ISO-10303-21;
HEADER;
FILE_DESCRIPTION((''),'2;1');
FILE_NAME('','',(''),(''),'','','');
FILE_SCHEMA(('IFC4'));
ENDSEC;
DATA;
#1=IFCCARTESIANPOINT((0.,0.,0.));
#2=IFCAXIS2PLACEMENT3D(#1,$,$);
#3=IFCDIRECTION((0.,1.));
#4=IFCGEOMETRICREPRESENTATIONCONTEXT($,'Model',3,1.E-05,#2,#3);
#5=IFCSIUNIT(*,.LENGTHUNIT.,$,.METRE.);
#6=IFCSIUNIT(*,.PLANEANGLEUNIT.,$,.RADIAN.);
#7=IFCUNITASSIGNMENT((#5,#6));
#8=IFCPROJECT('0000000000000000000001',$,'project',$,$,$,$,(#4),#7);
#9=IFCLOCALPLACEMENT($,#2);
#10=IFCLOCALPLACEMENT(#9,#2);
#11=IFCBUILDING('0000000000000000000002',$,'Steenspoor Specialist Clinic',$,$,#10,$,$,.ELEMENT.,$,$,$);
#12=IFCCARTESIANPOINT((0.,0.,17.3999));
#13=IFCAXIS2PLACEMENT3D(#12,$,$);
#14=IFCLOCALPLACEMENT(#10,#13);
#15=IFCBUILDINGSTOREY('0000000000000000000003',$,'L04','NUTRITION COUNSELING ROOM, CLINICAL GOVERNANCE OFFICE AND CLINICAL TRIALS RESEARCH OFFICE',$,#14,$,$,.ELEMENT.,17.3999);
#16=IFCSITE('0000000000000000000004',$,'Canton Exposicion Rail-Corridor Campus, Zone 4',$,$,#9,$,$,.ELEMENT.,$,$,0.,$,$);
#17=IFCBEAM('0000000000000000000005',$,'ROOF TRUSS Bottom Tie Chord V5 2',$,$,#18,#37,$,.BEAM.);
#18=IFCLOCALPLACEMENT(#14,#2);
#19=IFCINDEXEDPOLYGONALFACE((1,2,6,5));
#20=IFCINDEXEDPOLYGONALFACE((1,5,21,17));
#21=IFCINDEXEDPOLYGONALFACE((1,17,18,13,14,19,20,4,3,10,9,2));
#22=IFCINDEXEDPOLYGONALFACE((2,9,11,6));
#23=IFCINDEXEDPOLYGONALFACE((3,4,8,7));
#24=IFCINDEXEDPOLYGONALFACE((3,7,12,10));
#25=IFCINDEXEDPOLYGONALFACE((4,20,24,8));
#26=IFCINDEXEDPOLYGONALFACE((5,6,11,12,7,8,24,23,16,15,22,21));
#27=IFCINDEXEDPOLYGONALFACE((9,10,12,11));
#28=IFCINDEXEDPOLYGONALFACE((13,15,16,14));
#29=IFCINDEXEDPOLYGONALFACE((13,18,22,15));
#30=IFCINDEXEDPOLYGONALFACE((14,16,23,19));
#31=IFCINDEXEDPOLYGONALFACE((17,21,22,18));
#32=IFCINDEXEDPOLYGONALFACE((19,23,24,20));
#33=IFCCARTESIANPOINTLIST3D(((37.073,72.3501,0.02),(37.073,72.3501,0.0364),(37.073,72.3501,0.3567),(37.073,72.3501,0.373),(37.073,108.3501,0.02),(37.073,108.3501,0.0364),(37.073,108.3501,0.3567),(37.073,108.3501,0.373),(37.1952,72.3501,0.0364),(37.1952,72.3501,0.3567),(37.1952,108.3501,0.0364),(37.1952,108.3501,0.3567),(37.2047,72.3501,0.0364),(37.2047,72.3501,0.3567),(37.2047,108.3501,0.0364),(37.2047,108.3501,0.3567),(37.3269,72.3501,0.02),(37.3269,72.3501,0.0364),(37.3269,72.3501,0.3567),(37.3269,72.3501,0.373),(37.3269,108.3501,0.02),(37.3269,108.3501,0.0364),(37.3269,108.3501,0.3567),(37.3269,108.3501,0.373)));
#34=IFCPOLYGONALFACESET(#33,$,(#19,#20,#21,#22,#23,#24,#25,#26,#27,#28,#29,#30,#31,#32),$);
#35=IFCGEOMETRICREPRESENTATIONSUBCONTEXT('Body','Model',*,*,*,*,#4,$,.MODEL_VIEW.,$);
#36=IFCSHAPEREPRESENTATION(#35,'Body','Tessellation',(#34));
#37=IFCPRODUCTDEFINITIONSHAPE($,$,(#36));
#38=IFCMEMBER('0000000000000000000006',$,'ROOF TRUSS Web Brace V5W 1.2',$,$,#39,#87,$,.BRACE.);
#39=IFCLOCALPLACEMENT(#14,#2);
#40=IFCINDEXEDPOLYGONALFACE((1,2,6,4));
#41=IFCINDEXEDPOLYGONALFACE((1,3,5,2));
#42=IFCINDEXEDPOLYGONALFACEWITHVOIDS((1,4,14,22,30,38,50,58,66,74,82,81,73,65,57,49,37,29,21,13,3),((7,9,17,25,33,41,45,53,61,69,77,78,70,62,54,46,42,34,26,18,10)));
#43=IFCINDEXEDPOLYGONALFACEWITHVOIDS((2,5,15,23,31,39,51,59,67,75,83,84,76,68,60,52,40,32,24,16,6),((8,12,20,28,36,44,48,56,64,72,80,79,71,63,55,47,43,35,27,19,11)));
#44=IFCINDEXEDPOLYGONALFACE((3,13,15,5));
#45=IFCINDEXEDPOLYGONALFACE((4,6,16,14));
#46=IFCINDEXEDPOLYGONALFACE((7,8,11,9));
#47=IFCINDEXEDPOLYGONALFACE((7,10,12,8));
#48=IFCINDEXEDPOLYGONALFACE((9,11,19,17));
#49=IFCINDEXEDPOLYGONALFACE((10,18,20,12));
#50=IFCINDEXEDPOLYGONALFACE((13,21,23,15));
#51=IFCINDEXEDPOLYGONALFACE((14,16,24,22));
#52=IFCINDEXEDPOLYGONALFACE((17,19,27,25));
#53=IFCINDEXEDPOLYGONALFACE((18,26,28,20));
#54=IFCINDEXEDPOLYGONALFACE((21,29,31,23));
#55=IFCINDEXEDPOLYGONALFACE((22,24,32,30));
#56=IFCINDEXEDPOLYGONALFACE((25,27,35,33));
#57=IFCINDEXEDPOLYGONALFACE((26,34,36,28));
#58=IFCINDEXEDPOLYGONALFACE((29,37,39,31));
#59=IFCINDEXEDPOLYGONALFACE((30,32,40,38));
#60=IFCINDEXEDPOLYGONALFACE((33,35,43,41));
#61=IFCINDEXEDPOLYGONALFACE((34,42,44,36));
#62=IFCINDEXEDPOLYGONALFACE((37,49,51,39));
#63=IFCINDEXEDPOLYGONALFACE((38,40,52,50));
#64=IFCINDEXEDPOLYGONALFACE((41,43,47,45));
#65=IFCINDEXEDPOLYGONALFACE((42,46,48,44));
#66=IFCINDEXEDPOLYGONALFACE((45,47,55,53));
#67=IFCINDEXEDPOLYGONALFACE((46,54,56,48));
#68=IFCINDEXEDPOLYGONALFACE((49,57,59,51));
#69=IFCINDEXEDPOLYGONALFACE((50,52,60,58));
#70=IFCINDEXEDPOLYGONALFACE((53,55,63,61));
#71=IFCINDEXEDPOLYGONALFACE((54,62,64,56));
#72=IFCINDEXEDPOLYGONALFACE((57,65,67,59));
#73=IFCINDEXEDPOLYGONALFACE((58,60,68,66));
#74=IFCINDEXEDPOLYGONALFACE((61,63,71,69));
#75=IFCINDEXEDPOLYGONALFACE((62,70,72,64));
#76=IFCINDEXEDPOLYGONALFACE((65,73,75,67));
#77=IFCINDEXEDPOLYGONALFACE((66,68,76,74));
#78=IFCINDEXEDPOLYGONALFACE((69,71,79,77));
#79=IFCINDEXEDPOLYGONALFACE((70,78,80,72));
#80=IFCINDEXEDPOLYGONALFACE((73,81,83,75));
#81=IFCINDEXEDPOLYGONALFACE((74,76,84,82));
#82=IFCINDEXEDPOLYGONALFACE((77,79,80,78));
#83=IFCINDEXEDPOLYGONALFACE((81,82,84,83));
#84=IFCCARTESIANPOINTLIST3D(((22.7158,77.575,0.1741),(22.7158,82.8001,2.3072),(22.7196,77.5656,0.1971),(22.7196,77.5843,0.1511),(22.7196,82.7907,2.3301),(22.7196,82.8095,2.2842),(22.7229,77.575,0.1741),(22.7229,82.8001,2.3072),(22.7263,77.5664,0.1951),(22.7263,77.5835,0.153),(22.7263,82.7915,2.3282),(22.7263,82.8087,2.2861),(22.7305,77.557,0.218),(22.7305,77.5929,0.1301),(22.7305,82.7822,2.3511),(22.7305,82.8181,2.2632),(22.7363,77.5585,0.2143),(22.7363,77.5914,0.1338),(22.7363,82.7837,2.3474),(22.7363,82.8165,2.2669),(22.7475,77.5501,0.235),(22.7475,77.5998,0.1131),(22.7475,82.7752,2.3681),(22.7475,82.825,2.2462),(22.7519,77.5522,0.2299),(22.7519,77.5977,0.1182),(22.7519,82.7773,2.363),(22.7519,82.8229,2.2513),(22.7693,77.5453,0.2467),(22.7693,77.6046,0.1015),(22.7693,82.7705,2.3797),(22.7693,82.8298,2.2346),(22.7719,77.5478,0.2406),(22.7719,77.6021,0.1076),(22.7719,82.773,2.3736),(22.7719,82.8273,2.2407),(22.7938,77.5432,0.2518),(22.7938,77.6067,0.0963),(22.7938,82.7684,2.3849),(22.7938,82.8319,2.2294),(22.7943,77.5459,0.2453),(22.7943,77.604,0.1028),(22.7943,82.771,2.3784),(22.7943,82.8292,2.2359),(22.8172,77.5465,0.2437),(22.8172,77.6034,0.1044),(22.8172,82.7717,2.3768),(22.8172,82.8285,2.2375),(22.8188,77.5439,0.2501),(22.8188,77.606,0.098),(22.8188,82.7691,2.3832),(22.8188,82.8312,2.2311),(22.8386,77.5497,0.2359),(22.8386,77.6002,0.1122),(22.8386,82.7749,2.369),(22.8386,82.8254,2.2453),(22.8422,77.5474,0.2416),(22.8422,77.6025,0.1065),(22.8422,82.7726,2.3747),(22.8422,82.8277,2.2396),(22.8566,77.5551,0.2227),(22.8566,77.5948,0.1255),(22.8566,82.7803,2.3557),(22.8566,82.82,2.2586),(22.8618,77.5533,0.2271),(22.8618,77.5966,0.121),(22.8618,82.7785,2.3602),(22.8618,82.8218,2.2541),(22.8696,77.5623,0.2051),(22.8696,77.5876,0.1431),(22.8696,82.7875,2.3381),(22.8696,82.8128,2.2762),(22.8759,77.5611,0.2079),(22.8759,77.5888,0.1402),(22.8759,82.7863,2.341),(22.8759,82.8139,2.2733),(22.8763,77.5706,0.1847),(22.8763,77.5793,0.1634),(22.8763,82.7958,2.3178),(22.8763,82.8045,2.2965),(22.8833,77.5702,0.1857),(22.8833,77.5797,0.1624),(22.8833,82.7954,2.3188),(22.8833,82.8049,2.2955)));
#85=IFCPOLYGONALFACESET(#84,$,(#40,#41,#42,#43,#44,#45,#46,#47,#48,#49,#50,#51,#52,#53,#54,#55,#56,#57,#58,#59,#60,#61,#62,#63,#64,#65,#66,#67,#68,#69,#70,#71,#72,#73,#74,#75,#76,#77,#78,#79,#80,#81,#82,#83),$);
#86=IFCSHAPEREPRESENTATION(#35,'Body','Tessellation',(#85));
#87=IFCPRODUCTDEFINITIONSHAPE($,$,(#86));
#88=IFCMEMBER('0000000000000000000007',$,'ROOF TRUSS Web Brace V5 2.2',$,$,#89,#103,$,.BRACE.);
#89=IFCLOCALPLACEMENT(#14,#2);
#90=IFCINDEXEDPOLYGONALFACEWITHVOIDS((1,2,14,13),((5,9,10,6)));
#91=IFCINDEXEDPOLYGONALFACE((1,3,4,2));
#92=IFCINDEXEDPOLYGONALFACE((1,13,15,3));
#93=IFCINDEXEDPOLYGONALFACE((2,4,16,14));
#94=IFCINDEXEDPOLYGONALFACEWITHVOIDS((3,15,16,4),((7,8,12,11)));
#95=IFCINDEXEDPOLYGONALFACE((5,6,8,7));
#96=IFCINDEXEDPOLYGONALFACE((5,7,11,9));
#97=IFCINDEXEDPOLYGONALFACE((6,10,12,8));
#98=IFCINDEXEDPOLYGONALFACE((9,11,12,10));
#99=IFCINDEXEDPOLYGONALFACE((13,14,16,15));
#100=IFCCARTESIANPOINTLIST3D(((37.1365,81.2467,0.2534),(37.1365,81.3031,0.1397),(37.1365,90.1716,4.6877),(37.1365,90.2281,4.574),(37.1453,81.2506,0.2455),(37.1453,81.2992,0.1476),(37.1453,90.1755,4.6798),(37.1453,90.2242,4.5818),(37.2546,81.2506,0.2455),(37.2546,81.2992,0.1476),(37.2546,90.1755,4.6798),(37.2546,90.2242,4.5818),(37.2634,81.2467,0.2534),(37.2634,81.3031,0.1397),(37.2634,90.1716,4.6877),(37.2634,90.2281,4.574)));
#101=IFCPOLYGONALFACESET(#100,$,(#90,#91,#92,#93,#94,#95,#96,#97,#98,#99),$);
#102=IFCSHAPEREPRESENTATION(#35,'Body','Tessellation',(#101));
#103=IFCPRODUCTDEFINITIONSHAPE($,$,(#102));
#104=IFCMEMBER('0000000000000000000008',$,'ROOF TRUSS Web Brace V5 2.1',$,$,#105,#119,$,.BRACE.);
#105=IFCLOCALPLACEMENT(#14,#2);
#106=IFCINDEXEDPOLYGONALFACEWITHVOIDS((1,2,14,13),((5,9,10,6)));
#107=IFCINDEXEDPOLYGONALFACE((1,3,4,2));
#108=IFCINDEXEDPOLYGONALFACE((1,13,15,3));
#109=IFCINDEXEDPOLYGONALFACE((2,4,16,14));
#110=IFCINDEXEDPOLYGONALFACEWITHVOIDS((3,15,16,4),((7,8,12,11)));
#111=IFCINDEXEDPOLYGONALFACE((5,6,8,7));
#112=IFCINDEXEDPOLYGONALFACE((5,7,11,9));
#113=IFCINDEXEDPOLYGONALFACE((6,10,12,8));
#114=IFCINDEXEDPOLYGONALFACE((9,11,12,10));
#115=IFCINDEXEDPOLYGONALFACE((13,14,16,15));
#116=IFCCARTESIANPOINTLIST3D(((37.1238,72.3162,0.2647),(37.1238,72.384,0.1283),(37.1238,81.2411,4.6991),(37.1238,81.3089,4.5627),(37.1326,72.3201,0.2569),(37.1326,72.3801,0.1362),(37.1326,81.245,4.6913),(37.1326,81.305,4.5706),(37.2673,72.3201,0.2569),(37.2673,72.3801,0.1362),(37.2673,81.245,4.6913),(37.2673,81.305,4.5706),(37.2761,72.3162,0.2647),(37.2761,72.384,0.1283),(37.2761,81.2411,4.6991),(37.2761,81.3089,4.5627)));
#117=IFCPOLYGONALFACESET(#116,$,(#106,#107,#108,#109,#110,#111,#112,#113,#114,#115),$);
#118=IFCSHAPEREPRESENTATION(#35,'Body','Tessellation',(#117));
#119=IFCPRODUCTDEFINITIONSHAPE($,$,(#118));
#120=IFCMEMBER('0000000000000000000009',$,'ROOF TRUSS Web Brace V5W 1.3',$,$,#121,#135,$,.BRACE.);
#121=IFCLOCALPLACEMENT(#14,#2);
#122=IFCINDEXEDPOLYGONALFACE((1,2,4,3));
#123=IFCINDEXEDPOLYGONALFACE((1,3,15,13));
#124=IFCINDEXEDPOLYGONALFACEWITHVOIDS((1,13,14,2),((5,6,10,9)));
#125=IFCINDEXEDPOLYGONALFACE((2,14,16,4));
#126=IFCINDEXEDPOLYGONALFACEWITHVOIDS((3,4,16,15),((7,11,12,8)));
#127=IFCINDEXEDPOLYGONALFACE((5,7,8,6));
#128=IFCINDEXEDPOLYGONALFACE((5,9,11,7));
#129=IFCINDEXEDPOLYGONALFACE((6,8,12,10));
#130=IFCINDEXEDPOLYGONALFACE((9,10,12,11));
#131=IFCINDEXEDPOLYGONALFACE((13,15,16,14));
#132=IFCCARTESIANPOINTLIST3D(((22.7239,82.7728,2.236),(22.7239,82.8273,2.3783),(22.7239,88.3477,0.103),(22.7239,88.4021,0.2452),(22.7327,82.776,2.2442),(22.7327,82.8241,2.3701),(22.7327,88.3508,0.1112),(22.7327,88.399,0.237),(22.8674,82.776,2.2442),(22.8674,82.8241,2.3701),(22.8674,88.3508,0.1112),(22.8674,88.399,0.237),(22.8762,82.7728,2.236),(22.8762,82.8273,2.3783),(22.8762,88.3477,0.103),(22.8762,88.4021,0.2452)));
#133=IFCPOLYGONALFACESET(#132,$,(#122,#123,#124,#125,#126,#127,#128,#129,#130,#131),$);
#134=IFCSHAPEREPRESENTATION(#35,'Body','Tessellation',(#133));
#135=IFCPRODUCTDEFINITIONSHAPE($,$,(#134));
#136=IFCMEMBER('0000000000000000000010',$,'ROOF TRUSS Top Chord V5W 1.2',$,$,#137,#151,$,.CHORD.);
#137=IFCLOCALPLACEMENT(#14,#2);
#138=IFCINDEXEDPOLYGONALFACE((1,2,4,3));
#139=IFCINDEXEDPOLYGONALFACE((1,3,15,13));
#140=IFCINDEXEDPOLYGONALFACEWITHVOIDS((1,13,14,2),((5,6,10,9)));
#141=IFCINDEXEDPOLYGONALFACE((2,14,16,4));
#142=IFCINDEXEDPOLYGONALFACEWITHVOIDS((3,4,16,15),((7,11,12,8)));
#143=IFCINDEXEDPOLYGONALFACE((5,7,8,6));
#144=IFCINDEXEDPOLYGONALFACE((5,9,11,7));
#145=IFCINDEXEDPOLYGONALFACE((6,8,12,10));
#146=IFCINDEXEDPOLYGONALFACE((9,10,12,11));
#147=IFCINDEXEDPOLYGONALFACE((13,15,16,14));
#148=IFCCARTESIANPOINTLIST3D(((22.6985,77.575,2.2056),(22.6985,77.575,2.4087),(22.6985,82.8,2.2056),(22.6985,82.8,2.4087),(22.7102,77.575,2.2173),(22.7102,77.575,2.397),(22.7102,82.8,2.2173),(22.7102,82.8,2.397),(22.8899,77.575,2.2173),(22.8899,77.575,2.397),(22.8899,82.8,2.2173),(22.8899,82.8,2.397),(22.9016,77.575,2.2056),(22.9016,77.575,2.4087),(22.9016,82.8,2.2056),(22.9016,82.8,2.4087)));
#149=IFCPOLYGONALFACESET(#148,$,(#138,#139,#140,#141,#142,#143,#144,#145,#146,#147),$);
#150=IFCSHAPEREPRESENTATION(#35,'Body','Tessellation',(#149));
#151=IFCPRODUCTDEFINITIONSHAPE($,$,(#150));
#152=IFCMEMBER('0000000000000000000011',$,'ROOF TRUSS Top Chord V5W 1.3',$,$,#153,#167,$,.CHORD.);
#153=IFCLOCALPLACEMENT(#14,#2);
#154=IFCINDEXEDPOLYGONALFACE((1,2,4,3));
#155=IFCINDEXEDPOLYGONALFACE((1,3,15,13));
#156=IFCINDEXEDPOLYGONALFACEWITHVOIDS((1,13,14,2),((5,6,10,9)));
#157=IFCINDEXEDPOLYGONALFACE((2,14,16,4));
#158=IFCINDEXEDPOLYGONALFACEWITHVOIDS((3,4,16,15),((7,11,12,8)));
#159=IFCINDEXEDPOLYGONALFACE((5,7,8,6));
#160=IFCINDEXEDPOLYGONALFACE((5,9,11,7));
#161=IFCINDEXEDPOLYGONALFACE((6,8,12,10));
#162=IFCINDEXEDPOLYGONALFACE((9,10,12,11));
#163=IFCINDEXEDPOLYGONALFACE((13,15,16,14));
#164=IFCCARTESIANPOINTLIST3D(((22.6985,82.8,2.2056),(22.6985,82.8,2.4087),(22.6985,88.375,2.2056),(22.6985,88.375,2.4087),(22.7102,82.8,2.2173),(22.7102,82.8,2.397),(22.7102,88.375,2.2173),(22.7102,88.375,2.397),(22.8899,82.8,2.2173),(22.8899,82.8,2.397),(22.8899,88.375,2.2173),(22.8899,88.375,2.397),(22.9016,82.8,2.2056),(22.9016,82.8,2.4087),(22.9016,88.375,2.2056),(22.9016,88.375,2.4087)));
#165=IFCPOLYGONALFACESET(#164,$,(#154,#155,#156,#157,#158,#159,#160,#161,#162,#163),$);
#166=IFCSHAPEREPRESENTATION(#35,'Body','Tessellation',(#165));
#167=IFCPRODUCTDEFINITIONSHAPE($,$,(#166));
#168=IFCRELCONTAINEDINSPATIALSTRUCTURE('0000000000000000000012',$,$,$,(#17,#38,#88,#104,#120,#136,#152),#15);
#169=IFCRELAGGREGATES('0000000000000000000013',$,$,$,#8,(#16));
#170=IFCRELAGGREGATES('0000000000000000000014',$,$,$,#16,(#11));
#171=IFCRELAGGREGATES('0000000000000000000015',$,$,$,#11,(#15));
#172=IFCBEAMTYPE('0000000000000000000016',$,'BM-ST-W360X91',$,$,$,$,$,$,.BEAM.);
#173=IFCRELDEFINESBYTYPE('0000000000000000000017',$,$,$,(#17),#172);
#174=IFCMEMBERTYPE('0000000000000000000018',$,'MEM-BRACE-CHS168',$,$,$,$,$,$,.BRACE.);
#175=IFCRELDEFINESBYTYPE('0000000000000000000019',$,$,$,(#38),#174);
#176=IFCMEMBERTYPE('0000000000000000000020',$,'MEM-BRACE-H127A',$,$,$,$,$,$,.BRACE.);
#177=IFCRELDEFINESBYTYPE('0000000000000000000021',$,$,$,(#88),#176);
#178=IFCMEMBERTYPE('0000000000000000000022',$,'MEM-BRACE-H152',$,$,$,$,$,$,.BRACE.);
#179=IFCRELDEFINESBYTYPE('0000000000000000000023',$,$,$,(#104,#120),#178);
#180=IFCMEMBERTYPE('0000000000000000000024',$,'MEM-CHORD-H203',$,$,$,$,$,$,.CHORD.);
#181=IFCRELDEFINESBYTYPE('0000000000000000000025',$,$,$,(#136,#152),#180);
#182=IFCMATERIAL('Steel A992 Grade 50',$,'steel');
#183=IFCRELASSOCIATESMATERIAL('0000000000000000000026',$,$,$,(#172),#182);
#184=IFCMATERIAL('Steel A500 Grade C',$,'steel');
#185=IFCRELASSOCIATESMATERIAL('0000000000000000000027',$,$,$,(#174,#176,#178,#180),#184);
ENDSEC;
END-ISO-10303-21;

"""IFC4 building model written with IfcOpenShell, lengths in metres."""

from ifc_helpers import new_model, si_unit, direction, frame, origin, origin_2d, place, context, subcontext, project, spatial, hollow_rectangle, hollow_circle, i_section, extrude, material, material_profile, profile_set, type_object, element, save


model = new_model("IFC4")

# Units and contexts
model_context = context("Model", 3, precision=1e-05, world=origin(), true_north=direction((0.0, 1.0)))
body_context = subcontext(model_context, "Body", "Model", "MODEL_VIEW")
ifc_project = project(units=[si_unit("LENGTHUNIT", "METRE"), si_unit("PLANEANGLEUNIT", "RADIAN")], contexts=[model_context])

# Site, building, storey
site_placement = place(None, origin())
site = spatial("IfcSite", under=ifc_project, at=site_placement, Name="Canton Exposicion Rail-Corridor Campus, Zone 4", CompositionType="ELEMENT", RefElevation=0.0)
building_placement = place(site_placement, origin())
building = spatial("IfcBuilding", under=site, at=building_placement, Name="Steenspoor Specialist Clinic", CompositionType="ELEMENT")
storey_placement = place(building_placement, frame((0.0, 0.0, 17.3999)))
storey = spatial("IfcBuildingStorey", under=building, at=storey_placement, Name="L04", Description="NUTRITION COUNSELING ROOM, CLINICAL GOVERNANCE OFFICE AND CLINICAL TRIALS RESEARCH OFFICE", CompositionType="ELEMENT", Elevation=17.3999)

# Beam
ifc_material_1 = material(Name="Steel A992 Grade 50", Category="steel")
ifc_material_profile_1 = material_profile(ifc_material_1, i_section(OverallWidth=0.2539, OverallDepth=0.353, WebThickness=0.0095, FlangeThickness=0.0164, at=origin_2d()), Name="W360X91")
ifc_profile_set_1 = profile_set([ifc_material_profile_1], Name="Steel A992 Grade 50")
beam_type = type_object("IfcBeamType", Name="BM-ST-W360X91", PredefinedType="BEAM", material=ifc_profile_set_1)
beam_placement = place(storey_placement, frame((37.2, 72.3501, 0.1965), z_axis=(0.0, 1.0, 0.0), x_axis=(-1.0, 0.0, 0.0)))
element("IfcBeam", 1, at=beam_placement, inside=storey, type_object=beam_type, Name="ROOF TRUSS Bottom Tie Chord V5 2", PredefinedType="BEAM", context=body_context, shape_type="SweptSolid", body=[
    extrude(i_section(OverallWidth=0.2539, OverallDepth=0.353, WebThickness=0.0095, FlangeThickness=0.0164, at=origin_2d()), origin(), (0.0, 0.0, 1.0), 36.0),
])

# Members
ifc_material_2 = material(Name="Steel A500 Grade C", Category="steel")
ifc_material_profile_2 = material_profile(ifc_material_2, hollow_circle(Radius=0.0842, WallThickness=0.0071, at=origin_2d()), Name="CHS168X7.1")
ifc_profile_set_2 = profile_set([ifc_material_profile_2], Name="Steel A500 Grade C")
member_type_1 = type_object("IfcMemberType", Name="MEM-BRACE-CHS168", PredefinedType="BRACE", material=ifc_profile_set_2)
member_1_placement = place(storey_placement, frame((22.8, 77.575, 0.1741), z_axis=(0.0, 0.925825, 0.377952), x_axis=(-1.0, 0.0, 0.0)))
element("IfcMember", 2, at=member_1_placement, inside=storey, type_object=member_type_1, Name="ROOF TRUSS Web Brace V5W 1.2", PredefinedType="BRACE", context=body_context, shape_type="SweptSolid", body=[
    extrude(hollow_circle(Radius=0.0842, WallThickness=0.0071, at=origin_2d()), origin(), (0.0, 0.0, 1.0), 5.6438),
])
ifc_material_profile_3 = material_profile(ifc_material_2, hollow_rectangle(XDim=0.127, YDim=0.127, WallThickness=0.0088, at=origin_2d()), Name="HSS127X127X9.5")
ifc_profile_set_3 = profile_set([ifc_material_profile_3], Name="Steel A500 Grade C")
member_type_2 = type_object("IfcMemberType", Name="MEM-BRACE-H127A", PredefinedType="BRACE", material=ifc_profile_set_3)
member_2_placement = place(storey_placement, frame((37.2, 81.2749, 0.1965), z_axis=(0.0, 0.895556, 0.444949), x_axis=(-1.0, 0.0, 0.0)))
element("IfcMember", 3, at=member_2_placement, inside=storey, type_object=member_type_2, Name="ROOF TRUSS Web Brace V5 2.2", PredefinedType="BRACE", context=body_context, shape_type="SweptSolid", body=[
    extrude(hollow_rectangle(XDim=0.127, YDim=0.127, WallThickness=0.0088, at=origin_2d()), origin(), (0.0, 0.0, 1.0), 9.9658),
])
ifc_material_profile_4 = material_profile(ifc_material_2, hollow_rectangle(XDim=0.1523, YDim=0.1523, WallThickness=0.0088, at=origin_2d()), Name="HSS152X152X9.5")
ifc_profile_set_4 = profile_set([ifc_material_profile_4], Name="Steel A500 Grade C")
member_type_3 = type_object("IfcMemberType", Name="MEM-BRACE-H152", PredefinedType="BRACE", material=ifc_profile_set_4)
member_3_placement = place(storey_placement, frame((37.2, 72.3501, 0.1965), z_axis=(0.0, 0.895551, 0.444958), x_axis=(-1.0, 0.0, 0.0)))
element("IfcMember", 4, at=member_3_placement, inside=storey, type_object=member_type_3, Name="ROOF TRUSS Web Brace V5 2.1", PredefinedType="BRACE", context=body_context, shape_type="SweptSolid", body=[
    extrude(hollow_rectangle(XDim=0.1523, YDim=0.1523, WallThickness=0.0088, at=origin_2d()), origin(), (0.0, 0.0, 1.0), 9.9658),
])
member_4_placement = place(storey_placement, frame((22.8, 82.8, 2.3071), z_axis=(0.0, 0.93397, -0.357351), x_axis=(-1.0, 0.0, 0.0)))
element("IfcMember", 5, at=member_4_placement, inside=storey, type_object=member_type_3, Name="ROOF TRUSS Web Brace V5W 1.3", PredefinedType="BRACE", context=body_context, shape_type="SweptSolid", body=[
    extrude(hollow_rectangle(XDim=0.1523, YDim=0.1523, WallThickness=0.0088, at=origin_2d()), origin(), (0.0, 0.0, 1.0), 5.969),
])
ifc_material_profile_5 = material_profile(ifc_material_2, hollow_rectangle(XDim=0.2031, YDim=0.2031, WallThickness=0.0117, at=origin_2d()), Name="HSS203X203X12.7")
ifc_profile_set_5 = profile_set([ifc_material_profile_5], Name="Steel A500 Grade C")
member_type_4 = type_object("IfcMemberType", Name="MEM-CHORD-H203", PredefinedType="CHORD", material=ifc_profile_set_5)
member_5_placement = place(storey_placement, frame((22.8, 77.575, 2.3071), z_axis=(0.0, 1.0, 0.0), x_axis=(-1.0, 0.0, 0.0)))
element("IfcMember", 6, at=member_5_placement, inside=storey, type_object=member_type_4, Name="ROOF TRUSS Top Chord V5W 1.2", PredefinedType="CHORD", context=body_context, shape_type="SweptSolid", body=[
    extrude(hollow_rectangle(XDim=0.2031, YDim=0.2031, WallThickness=0.0117, at=origin_2d()), origin(), (0.0, 0.0, 1.0), 5.2251),
])
member_6_placement = place(storey_placement, frame((22.8, 82.8, 2.3071), z_axis=(0.0, 1.0, 0.0), x_axis=(-1.0, 0.0, 0.0)))
element("IfcMember", 7, at=member_6_placement, inside=storey, type_object=member_type_4, Name="ROOF TRUSS Top Chord V5W 1.3", PredefinedType="CHORD", context=body_context, shape_type="SweptSolid", body=[
    extrude(hollow_rectangle(XDim=0.2031, YDim=0.2031, WallThickness=0.0117, at=origin_2d()), origin(), (0.0, 0.0, 1.0), 5.575),
])

save(model, "model.ifc")
